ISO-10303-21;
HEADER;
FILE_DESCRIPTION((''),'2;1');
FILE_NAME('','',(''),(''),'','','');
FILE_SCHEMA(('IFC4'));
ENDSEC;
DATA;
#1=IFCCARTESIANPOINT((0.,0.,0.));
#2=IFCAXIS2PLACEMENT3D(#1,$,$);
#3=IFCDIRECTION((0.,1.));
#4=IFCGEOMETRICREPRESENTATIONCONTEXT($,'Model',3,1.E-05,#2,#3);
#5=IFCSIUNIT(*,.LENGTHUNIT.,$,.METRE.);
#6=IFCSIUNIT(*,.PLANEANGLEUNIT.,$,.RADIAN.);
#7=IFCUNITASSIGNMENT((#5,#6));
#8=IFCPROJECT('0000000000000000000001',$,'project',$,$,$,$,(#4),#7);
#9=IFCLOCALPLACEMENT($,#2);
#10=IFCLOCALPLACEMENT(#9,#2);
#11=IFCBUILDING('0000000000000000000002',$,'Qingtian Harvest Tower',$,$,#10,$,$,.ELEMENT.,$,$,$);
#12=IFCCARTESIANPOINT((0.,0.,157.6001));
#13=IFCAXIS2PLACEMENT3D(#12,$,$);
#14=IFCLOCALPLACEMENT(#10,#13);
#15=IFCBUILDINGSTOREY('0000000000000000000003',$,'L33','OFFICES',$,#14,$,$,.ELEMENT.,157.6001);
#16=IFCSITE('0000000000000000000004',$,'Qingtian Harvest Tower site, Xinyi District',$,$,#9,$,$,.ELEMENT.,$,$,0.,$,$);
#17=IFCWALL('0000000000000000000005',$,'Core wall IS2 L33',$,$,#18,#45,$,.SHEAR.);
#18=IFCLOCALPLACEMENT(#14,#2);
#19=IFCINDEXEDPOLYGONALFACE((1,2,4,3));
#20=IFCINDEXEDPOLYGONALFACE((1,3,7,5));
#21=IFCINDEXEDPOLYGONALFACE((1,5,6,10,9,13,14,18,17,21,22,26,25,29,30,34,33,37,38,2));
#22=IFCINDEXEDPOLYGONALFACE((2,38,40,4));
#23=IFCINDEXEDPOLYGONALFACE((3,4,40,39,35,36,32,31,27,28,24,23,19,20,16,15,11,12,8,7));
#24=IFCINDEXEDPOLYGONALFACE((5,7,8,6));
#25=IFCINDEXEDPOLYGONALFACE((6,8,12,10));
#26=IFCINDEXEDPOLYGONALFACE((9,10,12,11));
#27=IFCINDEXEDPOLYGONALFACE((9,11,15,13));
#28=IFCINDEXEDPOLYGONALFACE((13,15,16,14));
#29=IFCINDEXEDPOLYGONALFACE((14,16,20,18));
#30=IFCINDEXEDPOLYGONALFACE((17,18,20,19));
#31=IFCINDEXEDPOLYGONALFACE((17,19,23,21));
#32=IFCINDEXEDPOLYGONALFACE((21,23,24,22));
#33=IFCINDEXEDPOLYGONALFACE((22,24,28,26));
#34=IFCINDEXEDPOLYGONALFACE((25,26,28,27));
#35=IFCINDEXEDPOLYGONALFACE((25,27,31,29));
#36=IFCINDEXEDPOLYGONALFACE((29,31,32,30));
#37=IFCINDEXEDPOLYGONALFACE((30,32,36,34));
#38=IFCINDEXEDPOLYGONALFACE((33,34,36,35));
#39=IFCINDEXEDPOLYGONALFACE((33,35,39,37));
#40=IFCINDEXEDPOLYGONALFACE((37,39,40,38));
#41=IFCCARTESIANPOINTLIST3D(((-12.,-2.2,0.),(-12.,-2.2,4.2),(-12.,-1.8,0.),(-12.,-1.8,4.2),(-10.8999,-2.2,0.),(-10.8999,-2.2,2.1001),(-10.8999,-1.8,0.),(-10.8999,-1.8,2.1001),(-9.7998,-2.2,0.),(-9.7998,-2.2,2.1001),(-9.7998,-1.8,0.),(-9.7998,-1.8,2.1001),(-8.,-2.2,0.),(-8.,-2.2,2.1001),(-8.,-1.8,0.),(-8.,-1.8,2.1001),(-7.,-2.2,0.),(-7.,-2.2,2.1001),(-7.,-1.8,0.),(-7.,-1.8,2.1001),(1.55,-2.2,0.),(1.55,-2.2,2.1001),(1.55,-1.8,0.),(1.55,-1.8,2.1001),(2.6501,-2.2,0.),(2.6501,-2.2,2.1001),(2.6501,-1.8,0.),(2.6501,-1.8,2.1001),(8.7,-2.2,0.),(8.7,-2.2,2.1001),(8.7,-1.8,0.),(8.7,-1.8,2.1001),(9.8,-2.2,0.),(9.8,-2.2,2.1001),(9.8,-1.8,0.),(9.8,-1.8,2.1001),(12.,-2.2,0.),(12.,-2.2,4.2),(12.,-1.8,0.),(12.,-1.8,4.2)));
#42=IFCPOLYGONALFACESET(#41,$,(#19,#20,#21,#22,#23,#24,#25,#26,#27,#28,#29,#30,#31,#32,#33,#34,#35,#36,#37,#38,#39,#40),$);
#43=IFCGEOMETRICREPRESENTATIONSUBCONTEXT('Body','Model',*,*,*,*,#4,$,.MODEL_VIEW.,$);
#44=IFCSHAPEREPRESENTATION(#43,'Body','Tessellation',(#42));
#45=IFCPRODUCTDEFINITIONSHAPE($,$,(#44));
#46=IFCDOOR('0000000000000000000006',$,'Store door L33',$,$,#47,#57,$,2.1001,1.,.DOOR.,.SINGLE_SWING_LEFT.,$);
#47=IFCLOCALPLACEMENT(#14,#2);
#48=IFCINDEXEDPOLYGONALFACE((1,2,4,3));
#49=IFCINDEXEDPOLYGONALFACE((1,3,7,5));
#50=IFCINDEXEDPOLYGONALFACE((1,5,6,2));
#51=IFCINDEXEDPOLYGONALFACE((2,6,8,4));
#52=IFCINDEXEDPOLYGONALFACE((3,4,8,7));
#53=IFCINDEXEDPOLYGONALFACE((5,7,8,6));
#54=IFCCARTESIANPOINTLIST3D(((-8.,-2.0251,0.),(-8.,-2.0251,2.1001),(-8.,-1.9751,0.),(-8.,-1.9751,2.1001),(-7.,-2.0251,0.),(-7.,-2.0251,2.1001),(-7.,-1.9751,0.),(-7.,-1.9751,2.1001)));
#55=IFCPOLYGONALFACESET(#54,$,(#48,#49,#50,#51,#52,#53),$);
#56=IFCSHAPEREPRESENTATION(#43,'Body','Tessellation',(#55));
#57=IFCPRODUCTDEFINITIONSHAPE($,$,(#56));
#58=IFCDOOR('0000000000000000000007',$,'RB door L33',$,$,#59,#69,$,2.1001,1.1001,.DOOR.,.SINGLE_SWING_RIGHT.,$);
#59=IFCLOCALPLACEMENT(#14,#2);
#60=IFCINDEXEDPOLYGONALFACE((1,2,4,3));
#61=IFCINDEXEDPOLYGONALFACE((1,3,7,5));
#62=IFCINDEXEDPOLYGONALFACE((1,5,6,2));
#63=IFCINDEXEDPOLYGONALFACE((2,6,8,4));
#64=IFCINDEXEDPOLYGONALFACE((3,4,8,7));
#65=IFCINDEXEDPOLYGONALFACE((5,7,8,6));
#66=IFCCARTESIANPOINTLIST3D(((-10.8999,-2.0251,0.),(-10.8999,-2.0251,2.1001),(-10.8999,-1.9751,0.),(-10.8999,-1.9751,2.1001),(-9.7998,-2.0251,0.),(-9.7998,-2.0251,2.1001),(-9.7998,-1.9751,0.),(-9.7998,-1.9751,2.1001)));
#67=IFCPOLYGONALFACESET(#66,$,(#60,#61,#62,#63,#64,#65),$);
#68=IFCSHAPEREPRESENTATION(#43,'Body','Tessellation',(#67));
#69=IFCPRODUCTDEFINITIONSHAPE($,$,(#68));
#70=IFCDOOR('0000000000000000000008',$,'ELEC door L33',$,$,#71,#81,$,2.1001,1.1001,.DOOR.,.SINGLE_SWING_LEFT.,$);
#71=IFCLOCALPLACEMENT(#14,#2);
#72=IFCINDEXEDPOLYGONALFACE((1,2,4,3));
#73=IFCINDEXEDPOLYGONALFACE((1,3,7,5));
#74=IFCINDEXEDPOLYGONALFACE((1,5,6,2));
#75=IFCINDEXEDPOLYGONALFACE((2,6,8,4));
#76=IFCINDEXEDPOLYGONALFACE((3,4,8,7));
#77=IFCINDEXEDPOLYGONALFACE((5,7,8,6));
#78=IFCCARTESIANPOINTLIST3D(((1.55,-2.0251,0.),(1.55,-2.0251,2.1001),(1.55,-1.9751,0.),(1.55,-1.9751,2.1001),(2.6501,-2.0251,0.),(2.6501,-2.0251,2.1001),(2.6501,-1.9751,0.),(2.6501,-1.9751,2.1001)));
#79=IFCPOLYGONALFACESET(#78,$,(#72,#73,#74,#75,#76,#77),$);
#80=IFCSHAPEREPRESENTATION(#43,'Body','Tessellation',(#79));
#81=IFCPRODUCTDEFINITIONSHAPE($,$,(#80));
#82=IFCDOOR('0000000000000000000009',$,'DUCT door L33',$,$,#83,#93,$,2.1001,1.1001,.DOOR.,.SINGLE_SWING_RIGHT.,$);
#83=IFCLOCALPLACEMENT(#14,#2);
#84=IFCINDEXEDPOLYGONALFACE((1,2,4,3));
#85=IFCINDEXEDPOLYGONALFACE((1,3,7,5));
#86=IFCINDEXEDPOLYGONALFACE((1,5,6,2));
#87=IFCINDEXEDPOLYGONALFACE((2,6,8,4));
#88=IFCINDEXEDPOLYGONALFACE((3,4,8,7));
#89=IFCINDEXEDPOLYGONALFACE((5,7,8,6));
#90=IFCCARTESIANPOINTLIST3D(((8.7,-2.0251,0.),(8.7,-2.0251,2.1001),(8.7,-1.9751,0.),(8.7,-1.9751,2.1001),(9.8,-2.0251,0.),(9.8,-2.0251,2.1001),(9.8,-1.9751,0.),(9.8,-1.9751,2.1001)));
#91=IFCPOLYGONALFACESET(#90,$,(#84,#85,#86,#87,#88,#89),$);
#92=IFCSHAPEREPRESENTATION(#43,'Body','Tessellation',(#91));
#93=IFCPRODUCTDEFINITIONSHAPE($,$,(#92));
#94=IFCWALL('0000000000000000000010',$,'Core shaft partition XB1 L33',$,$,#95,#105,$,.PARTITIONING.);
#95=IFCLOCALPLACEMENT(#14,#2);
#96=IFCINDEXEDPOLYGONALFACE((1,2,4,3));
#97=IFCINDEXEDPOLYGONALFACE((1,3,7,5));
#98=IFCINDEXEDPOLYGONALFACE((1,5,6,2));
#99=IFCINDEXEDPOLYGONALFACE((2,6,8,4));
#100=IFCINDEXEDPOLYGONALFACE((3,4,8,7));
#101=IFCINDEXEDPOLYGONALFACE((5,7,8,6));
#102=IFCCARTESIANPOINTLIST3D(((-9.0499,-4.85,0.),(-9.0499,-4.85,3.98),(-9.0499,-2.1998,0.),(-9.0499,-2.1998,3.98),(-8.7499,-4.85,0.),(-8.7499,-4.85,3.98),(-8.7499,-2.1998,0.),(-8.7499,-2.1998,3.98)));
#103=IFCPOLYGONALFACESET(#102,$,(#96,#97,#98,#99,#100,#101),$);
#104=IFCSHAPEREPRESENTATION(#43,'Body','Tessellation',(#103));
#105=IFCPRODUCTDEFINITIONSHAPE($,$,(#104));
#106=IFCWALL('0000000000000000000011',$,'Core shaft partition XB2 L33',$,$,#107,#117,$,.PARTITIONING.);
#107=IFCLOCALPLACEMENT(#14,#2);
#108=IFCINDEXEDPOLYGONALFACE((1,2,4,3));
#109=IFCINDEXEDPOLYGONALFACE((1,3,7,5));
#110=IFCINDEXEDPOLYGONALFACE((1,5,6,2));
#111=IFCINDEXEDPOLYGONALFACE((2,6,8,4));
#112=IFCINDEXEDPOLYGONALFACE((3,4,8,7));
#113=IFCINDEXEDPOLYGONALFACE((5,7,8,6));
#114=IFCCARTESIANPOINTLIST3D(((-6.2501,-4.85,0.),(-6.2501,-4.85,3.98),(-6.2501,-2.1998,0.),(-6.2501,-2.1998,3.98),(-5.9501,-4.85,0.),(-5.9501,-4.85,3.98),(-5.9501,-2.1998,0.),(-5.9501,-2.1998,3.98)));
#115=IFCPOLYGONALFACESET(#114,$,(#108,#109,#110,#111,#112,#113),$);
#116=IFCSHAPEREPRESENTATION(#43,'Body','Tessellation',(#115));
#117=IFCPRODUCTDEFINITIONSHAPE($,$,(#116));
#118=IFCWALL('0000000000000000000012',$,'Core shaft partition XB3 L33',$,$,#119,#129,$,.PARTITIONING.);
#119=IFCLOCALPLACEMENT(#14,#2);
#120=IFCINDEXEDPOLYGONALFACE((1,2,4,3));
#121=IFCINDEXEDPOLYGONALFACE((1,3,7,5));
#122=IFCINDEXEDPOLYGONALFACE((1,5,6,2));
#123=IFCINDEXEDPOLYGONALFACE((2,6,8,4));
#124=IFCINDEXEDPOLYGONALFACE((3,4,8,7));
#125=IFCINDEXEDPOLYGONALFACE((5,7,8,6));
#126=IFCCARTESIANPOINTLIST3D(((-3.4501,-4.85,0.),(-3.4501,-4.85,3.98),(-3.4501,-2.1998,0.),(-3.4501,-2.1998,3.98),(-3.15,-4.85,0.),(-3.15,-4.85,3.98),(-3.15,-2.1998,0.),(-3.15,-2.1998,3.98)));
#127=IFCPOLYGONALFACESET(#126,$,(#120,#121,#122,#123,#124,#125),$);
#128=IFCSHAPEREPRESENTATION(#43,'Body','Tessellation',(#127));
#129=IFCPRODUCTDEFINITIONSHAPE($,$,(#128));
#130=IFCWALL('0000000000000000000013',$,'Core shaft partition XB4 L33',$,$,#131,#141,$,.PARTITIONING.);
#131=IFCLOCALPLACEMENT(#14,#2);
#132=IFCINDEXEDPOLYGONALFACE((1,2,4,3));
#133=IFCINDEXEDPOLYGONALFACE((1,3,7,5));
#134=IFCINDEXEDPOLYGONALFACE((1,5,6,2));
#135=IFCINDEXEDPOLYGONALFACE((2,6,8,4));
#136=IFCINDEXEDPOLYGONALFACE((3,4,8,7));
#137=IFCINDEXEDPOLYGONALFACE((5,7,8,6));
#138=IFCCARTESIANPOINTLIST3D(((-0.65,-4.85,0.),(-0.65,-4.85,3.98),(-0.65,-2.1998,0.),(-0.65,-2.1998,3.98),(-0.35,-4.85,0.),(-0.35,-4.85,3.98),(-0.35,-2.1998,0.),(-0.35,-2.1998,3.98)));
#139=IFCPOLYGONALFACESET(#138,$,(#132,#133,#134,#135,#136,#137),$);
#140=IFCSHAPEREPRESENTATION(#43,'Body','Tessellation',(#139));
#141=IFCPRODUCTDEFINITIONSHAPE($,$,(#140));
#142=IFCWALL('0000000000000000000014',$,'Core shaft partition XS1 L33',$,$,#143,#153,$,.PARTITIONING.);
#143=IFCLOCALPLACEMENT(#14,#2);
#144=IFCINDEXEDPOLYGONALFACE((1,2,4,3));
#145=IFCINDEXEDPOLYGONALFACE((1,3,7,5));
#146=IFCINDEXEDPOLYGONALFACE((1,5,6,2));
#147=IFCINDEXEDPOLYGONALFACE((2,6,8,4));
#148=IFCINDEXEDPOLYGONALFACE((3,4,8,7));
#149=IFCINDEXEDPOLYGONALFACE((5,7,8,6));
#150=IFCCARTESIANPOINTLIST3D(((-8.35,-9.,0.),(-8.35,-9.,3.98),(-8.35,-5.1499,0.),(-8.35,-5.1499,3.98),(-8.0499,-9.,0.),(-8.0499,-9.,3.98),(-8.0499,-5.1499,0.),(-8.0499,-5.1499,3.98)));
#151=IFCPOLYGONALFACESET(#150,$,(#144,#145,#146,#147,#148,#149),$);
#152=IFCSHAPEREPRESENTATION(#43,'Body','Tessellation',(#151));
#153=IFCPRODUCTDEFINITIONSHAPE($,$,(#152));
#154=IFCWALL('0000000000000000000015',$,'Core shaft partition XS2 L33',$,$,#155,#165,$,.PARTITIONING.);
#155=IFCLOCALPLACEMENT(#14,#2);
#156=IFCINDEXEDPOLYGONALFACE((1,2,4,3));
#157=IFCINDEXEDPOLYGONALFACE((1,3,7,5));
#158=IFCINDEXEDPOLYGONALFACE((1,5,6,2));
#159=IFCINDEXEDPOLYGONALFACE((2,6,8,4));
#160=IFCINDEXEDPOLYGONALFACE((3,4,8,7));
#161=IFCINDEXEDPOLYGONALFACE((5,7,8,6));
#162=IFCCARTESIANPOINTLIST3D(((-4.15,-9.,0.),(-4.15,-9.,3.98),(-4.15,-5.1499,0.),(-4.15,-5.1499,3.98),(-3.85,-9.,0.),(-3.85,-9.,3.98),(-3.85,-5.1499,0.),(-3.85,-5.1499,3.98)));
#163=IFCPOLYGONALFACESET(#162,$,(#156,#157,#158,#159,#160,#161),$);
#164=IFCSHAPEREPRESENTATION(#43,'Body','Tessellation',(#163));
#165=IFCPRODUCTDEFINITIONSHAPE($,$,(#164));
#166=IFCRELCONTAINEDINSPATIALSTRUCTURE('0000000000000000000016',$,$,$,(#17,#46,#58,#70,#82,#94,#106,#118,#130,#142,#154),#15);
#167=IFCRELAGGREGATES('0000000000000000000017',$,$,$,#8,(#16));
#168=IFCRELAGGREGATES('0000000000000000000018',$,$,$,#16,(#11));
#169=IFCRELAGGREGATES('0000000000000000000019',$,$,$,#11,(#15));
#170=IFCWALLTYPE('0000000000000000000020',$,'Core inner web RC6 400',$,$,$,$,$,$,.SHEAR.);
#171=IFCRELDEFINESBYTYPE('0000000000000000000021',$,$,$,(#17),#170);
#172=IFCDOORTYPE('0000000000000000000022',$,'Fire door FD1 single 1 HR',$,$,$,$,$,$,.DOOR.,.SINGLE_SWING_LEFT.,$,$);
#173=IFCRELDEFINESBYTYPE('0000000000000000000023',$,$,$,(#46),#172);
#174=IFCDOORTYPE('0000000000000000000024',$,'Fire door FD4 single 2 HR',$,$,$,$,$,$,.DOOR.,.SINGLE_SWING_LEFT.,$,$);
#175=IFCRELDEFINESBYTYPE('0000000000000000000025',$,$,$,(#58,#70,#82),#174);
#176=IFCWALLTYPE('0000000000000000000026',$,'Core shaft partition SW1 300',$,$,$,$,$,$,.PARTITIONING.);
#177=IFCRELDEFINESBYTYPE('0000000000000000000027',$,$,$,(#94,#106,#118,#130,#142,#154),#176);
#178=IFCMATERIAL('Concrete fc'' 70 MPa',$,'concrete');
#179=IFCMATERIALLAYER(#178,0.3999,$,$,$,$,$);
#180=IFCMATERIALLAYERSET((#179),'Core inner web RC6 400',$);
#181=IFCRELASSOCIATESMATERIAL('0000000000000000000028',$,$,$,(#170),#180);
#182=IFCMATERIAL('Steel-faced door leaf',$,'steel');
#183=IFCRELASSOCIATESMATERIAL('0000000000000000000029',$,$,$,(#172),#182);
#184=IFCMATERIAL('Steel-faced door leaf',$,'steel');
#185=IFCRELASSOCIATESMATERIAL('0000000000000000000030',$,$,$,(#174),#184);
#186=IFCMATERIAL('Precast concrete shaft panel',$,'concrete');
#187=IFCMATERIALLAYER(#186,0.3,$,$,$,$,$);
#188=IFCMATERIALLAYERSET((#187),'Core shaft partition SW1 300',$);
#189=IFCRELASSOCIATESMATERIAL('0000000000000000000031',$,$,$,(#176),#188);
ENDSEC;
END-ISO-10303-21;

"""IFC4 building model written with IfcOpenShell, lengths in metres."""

from ifc_helpers import new_model, si_unit, direction, frame, frame_2d, origin, place, context, subcontext, project, spatial, rectangle, extrude, material, layer, layer_set, type_object, element, fill, save


model = new_model("IFC4")

# Units and contexts
model_context = context("Model", 3, precision=1e-05, world=origin(), true_north=direction((0.0, 1.0)))
body_context = subcontext(model_context, "Body", "Model", "MODEL_VIEW")
ifc_project = project(units=[si_unit("LENGTHUNIT", "METRE"), si_unit("PLANEANGLEUNIT", "RADIAN")], contexts=[model_context])

# Site, building, storey
site_placement = place(None, origin())
site = spatial("IfcSite", under=ifc_project, at=site_placement, Name="Qingtian Harvest Tower site, Xinyi District", CompositionType="ELEMENT", RefElevation=0.0)
building_placement = place(site_placement, origin())
building = spatial("IfcBuilding", under=site, at=building_placement, Name="Qingtian Harvest Tower", CompositionType="ELEMENT")
storey_placement = place(building_placement, frame((0.0, 0.0, 157.6001)))
storey = spatial("IfcBuildingStorey", under=building, at=storey_placement, Name="L33", Description="OFFICES", CompositionType="ELEMENT", Elevation=157.6001)

# Wall, openings, doors
ifc_material_1 = material(Name="Concrete fc' 70 MPa", Category="concrete")
ifc_layer_1 = layer(ifc_material_1, 0.3999)
ifc_layer_set_1 = layer_set([ifc_layer_1], Name="Core inner web RC6 400")
wall_type_1 = type_object("IfcWallType", Name="Core inner web RC6 400", PredefinedType="SHEAR", material=ifc_layer_set_1)
wall_1_placement = place(storey_placement, frame((-12.0, -2.0, 0.0), z_axis=(0.0, 0.0, 1.0), x_axis=(1.0, 0.0, 0.0)))
wall_1 = element("IfcWall", 1, at=wall_1_placement, inside=storey, type_object=wall_type_1, Name="Core wall IS2 L33", PredefinedType="SHEAR", context=body_context, shape_type="SweptSolid", body=[
    extrude(rectangle(XDim=24.0, YDim=0.3999, at=frame_2d((12.0, 0.0))), origin(), (0.0, 0.0, 1.0), 4.2),
])
opening_1_placement = place(wall_1_placement, frame((1.1001, 0.0, 0.0)))
opening_1 = element("IfcOpeningElement", 2, at=opening_1_placement, cuts=wall_1, PredefinedType="OPENING", context=body_context, shape_type="SweptSolid", body=[
    extrude(rectangle(XDim=1.1001, YDim=2.1001, at=frame_2d((0.55, 1.05))), frame((0.0, 0.21, 0.0), z_axis=(0.0, -1.0, 0.0), x_axis=(1.0, 0.0, 0.0)), (0.0, 0.0, 1.0), 0.4199),
])
opening_2_placement = place(wall_1_placement, frame((13.55, 0.0, 0.0)))
opening_2 = element("IfcOpeningElement", 3, at=opening_2_placement, cuts=wall_1, PredefinedType="OPENING", context=body_context, shape_type="SweptSolid", body=[
    extrude(rectangle(XDim=1.1001, YDim=2.1001, at=frame_2d((0.55, 1.05))), frame((0.0, 0.21, 0.0), z_axis=(0.0, -1.0, 0.0), x_axis=(1.0, 0.0, 0.0)), (0.0, 0.0, 1.0), 0.4199),
])
opening_3_placement = place(wall_1_placement, frame((20.7, 0.0, 0.0)))
opening_3 = element("IfcOpeningElement", 4, at=opening_3_placement, cuts=wall_1, PredefinedType="OPENING", context=body_context, shape_type="SweptSolid", body=[
    extrude(rectangle(XDim=1.1001, YDim=2.1001, at=frame_2d((0.55, 1.05))), frame((0.0, 0.21, 0.0), z_axis=(0.0, -1.0, 0.0), x_axis=(1.0, 0.0, 0.0)), (0.0, 0.0, 1.0), 0.4199),
])
opening_4_placement = place(wall_1_placement, frame((4.0, 0.0, 0.0)))
opening_4 = element("IfcOpeningElement", 5, at=opening_4_placement, cuts=wall_1, PredefinedType="OPENING", context=body_context, shape_type="SweptSolid", body=[
    extrude(rectangle(XDim=1.0, YDim=2.1001, at=frame_2d((0.5, 1.05))), frame((0.0, 0.21, 0.0), z_axis=(0.0, -1.0, 0.0), x_axis=(1.0, 0.0, 0.0)), (0.0, 0.0, 1.0), 0.4199),
])
ifc_material_2 = material(Name="Steel-faced door leaf", Category="steel")
door_type_1 = type_object("IfcDoorType", Name="Fire door FD1 single 1 HR", OperationType="SINGLE_SWING_LEFT", PredefinedType="DOOR", material=ifc_material_2)
door_1_placement = place(opening_4_placement, origin())
door_1 = element("IfcDoor", 6, at=door_1_placement, inside=storey, type_object=door_type_1, Name="Store door L33", OperationType="SINGLE_SWING_LEFT", OverallHeight=2.1001, OverallWidth=1.0, PredefinedType="DOOR", context=body_context, shape_type="SweptSolid", body=[
    extrude(rectangle(XDim=1.0, YDim=2.1001, at=frame_2d((0.5, 1.05))), frame((0.0, 0.0249, 0.0), z_axis=(0.0, -1.0, 0.0), x_axis=(1.0, 0.0, 0.0)), (0.0, 0.0, 1.0), 0.05),
])
fill(opening_4, door_1)
ifc_material_3 = material(Name="Steel-faced door leaf", Category="steel")
door_type_2 = type_object("IfcDoorType", Name="Fire door FD4 single 2 HR", OperationType="SINGLE_SWING_LEFT", PredefinedType="DOOR", material=ifc_material_3)
door_2_placement = place(opening_1_placement, origin())
door_2 = element("IfcDoor", 7, at=door_2_placement, inside=storey, type_object=door_type_2, Name="RB door L33", OperationType="SINGLE_SWING_RIGHT", OverallHeight=2.1001, OverallWidth=1.1001, PredefinedType="DOOR", context=body_context, shape_type="SweptSolid", body=[
    extrude(rectangle(XDim=1.1001, YDim=2.1001, at=frame_2d((0.55, 1.05))), frame((0.0, 0.0249, 0.0), z_axis=(0.0, -1.0, 0.0), x_axis=(1.0, 0.0, 0.0)), (0.0, 0.0, 1.0), 0.05),
])
fill(opening_1, door_2)
door_3_placement = place(opening_2_placement, origin())
door_3 = element("IfcDoor", 8, at=door_3_placement, inside=storey, type_object=door_type_2, Name="ELEC door L33", OperationType="SINGLE_SWING_LEFT", OverallHeight=2.1001, OverallWidth=1.1001, PredefinedType="DOOR", context=body_context, shape_type="SweptSolid", body=[
    extrude(rectangle(XDim=1.1001, YDim=2.1001, at=frame_2d((0.55, 1.05))), frame((0.0, 0.0249, 0.0), z_axis=(0.0, -1.0, 0.0), x_axis=(1.0, 0.0, 0.0)), (0.0, 0.0, 1.0), 0.05),
])
fill(opening_2, door_3)
door_4_placement = place(opening_3_placement, origin())
door_4 = element("IfcDoor", 9, at=door_4_placement, inside=storey, type_object=door_type_2, Name="DUCT door L33", OperationType="SINGLE_SWING_RIGHT", OverallHeight=2.1001, OverallWidth=1.1001, PredefinedType="DOOR", context=body_context, shape_type="SweptSolid", body=[
    extrude(rectangle(XDim=1.1001, YDim=2.1001, at=frame_2d((0.55, 1.05))), frame((0.0, 0.0249, 0.0), z_axis=(0.0, -1.0, 0.0), x_axis=(1.0, 0.0, 0.0)), (0.0, 0.0, 1.0), 0.05),
])
fill(opening_3, door_4)

# Walls
ifc_material_4 = material(Name="Precast concrete shaft panel", Category="concrete")
ifc_layer_2 = layer(ifc_material_4, 0.3)
ifc_layer_set_2 = layer_set([ifc_layer_2], Name="Core shaft partition SW1 300")
wall_type_2 = type_object("IfcWallType", Name="Core shaft partition SW1 300", PredefinedType="PARTITIONING", material=ifc_layer_set_2)
for number, where, z_axis, x_axis, name in (
    (10, (-8.8999, -4.8501, 0.0), (0.0, 0.0, 1.0), (0.0, 1.0, 0.0), "Core shaft partition XB1 L33"),
    (11, (-6.1001, -4.8501, 0.0), (0.0, 0.0, 1.0), (0.0, 1.0, 0.0), "Core shaft partition XB2 L33"),
    (12, (-3.3, -4.8501, 0.0), (0.0, 0.0, 1.0), (0.0, 1.0, 0.0), "Core shaft partition XB3 L33"),
    (13, (-0.5, -4.8501, 0.0), (0.0, 0.0, 1.0), (0.0, 1.0, 0.0), "Core shaft partition XB4 L33"),
):
    element("IfcWall", number, at=place(storey_placement, frame(where, z_axis=z_axis, x_axis=x_axis)), inside=storey, type_object=wall_type_2, Name=name, PredefinedType="PARTITIONING", context=body_context, shape_type="SweptSolid", body=[
        extrude(rectangle(XDim=2.6501, YDim=0.3, at=frame_2d((1.3252, 0.0))), origin(), (0.0, 0.0, 1.0), 3.98),
    ])
for number, where, z_axis, x_axis, name in (
    (14, (-8.2, -9.0, 0.0), (0.0, 0.0, 1.0), (0.0, 1.0, 0.0), "Core shaft partition XS1 L33"),
    (15, (-4.0, -9.0, 0.0), (0.0, 0.0, 1.0), (0.0, 1.0, 0.0), "Core shaft partition XS2 L33"),
):
    element("IfcWall", number, at=place(storey_placement, frame(where, z_axis=z_axis, x_axis=x_axis)), inside=storey, type_object=wall_type_2, Name=name, PredefinedType="PARTITIONING", context=body_context, shape_type="SweptSolid", body=[
        extrude(rectangle(XDim=3.8501, YDim=0.3, at=frame_2d((1.925, 0.0))), origin(), (0.0, 0.0, 1.0), 3.98),
    ])

save(model, "model.ifc")
